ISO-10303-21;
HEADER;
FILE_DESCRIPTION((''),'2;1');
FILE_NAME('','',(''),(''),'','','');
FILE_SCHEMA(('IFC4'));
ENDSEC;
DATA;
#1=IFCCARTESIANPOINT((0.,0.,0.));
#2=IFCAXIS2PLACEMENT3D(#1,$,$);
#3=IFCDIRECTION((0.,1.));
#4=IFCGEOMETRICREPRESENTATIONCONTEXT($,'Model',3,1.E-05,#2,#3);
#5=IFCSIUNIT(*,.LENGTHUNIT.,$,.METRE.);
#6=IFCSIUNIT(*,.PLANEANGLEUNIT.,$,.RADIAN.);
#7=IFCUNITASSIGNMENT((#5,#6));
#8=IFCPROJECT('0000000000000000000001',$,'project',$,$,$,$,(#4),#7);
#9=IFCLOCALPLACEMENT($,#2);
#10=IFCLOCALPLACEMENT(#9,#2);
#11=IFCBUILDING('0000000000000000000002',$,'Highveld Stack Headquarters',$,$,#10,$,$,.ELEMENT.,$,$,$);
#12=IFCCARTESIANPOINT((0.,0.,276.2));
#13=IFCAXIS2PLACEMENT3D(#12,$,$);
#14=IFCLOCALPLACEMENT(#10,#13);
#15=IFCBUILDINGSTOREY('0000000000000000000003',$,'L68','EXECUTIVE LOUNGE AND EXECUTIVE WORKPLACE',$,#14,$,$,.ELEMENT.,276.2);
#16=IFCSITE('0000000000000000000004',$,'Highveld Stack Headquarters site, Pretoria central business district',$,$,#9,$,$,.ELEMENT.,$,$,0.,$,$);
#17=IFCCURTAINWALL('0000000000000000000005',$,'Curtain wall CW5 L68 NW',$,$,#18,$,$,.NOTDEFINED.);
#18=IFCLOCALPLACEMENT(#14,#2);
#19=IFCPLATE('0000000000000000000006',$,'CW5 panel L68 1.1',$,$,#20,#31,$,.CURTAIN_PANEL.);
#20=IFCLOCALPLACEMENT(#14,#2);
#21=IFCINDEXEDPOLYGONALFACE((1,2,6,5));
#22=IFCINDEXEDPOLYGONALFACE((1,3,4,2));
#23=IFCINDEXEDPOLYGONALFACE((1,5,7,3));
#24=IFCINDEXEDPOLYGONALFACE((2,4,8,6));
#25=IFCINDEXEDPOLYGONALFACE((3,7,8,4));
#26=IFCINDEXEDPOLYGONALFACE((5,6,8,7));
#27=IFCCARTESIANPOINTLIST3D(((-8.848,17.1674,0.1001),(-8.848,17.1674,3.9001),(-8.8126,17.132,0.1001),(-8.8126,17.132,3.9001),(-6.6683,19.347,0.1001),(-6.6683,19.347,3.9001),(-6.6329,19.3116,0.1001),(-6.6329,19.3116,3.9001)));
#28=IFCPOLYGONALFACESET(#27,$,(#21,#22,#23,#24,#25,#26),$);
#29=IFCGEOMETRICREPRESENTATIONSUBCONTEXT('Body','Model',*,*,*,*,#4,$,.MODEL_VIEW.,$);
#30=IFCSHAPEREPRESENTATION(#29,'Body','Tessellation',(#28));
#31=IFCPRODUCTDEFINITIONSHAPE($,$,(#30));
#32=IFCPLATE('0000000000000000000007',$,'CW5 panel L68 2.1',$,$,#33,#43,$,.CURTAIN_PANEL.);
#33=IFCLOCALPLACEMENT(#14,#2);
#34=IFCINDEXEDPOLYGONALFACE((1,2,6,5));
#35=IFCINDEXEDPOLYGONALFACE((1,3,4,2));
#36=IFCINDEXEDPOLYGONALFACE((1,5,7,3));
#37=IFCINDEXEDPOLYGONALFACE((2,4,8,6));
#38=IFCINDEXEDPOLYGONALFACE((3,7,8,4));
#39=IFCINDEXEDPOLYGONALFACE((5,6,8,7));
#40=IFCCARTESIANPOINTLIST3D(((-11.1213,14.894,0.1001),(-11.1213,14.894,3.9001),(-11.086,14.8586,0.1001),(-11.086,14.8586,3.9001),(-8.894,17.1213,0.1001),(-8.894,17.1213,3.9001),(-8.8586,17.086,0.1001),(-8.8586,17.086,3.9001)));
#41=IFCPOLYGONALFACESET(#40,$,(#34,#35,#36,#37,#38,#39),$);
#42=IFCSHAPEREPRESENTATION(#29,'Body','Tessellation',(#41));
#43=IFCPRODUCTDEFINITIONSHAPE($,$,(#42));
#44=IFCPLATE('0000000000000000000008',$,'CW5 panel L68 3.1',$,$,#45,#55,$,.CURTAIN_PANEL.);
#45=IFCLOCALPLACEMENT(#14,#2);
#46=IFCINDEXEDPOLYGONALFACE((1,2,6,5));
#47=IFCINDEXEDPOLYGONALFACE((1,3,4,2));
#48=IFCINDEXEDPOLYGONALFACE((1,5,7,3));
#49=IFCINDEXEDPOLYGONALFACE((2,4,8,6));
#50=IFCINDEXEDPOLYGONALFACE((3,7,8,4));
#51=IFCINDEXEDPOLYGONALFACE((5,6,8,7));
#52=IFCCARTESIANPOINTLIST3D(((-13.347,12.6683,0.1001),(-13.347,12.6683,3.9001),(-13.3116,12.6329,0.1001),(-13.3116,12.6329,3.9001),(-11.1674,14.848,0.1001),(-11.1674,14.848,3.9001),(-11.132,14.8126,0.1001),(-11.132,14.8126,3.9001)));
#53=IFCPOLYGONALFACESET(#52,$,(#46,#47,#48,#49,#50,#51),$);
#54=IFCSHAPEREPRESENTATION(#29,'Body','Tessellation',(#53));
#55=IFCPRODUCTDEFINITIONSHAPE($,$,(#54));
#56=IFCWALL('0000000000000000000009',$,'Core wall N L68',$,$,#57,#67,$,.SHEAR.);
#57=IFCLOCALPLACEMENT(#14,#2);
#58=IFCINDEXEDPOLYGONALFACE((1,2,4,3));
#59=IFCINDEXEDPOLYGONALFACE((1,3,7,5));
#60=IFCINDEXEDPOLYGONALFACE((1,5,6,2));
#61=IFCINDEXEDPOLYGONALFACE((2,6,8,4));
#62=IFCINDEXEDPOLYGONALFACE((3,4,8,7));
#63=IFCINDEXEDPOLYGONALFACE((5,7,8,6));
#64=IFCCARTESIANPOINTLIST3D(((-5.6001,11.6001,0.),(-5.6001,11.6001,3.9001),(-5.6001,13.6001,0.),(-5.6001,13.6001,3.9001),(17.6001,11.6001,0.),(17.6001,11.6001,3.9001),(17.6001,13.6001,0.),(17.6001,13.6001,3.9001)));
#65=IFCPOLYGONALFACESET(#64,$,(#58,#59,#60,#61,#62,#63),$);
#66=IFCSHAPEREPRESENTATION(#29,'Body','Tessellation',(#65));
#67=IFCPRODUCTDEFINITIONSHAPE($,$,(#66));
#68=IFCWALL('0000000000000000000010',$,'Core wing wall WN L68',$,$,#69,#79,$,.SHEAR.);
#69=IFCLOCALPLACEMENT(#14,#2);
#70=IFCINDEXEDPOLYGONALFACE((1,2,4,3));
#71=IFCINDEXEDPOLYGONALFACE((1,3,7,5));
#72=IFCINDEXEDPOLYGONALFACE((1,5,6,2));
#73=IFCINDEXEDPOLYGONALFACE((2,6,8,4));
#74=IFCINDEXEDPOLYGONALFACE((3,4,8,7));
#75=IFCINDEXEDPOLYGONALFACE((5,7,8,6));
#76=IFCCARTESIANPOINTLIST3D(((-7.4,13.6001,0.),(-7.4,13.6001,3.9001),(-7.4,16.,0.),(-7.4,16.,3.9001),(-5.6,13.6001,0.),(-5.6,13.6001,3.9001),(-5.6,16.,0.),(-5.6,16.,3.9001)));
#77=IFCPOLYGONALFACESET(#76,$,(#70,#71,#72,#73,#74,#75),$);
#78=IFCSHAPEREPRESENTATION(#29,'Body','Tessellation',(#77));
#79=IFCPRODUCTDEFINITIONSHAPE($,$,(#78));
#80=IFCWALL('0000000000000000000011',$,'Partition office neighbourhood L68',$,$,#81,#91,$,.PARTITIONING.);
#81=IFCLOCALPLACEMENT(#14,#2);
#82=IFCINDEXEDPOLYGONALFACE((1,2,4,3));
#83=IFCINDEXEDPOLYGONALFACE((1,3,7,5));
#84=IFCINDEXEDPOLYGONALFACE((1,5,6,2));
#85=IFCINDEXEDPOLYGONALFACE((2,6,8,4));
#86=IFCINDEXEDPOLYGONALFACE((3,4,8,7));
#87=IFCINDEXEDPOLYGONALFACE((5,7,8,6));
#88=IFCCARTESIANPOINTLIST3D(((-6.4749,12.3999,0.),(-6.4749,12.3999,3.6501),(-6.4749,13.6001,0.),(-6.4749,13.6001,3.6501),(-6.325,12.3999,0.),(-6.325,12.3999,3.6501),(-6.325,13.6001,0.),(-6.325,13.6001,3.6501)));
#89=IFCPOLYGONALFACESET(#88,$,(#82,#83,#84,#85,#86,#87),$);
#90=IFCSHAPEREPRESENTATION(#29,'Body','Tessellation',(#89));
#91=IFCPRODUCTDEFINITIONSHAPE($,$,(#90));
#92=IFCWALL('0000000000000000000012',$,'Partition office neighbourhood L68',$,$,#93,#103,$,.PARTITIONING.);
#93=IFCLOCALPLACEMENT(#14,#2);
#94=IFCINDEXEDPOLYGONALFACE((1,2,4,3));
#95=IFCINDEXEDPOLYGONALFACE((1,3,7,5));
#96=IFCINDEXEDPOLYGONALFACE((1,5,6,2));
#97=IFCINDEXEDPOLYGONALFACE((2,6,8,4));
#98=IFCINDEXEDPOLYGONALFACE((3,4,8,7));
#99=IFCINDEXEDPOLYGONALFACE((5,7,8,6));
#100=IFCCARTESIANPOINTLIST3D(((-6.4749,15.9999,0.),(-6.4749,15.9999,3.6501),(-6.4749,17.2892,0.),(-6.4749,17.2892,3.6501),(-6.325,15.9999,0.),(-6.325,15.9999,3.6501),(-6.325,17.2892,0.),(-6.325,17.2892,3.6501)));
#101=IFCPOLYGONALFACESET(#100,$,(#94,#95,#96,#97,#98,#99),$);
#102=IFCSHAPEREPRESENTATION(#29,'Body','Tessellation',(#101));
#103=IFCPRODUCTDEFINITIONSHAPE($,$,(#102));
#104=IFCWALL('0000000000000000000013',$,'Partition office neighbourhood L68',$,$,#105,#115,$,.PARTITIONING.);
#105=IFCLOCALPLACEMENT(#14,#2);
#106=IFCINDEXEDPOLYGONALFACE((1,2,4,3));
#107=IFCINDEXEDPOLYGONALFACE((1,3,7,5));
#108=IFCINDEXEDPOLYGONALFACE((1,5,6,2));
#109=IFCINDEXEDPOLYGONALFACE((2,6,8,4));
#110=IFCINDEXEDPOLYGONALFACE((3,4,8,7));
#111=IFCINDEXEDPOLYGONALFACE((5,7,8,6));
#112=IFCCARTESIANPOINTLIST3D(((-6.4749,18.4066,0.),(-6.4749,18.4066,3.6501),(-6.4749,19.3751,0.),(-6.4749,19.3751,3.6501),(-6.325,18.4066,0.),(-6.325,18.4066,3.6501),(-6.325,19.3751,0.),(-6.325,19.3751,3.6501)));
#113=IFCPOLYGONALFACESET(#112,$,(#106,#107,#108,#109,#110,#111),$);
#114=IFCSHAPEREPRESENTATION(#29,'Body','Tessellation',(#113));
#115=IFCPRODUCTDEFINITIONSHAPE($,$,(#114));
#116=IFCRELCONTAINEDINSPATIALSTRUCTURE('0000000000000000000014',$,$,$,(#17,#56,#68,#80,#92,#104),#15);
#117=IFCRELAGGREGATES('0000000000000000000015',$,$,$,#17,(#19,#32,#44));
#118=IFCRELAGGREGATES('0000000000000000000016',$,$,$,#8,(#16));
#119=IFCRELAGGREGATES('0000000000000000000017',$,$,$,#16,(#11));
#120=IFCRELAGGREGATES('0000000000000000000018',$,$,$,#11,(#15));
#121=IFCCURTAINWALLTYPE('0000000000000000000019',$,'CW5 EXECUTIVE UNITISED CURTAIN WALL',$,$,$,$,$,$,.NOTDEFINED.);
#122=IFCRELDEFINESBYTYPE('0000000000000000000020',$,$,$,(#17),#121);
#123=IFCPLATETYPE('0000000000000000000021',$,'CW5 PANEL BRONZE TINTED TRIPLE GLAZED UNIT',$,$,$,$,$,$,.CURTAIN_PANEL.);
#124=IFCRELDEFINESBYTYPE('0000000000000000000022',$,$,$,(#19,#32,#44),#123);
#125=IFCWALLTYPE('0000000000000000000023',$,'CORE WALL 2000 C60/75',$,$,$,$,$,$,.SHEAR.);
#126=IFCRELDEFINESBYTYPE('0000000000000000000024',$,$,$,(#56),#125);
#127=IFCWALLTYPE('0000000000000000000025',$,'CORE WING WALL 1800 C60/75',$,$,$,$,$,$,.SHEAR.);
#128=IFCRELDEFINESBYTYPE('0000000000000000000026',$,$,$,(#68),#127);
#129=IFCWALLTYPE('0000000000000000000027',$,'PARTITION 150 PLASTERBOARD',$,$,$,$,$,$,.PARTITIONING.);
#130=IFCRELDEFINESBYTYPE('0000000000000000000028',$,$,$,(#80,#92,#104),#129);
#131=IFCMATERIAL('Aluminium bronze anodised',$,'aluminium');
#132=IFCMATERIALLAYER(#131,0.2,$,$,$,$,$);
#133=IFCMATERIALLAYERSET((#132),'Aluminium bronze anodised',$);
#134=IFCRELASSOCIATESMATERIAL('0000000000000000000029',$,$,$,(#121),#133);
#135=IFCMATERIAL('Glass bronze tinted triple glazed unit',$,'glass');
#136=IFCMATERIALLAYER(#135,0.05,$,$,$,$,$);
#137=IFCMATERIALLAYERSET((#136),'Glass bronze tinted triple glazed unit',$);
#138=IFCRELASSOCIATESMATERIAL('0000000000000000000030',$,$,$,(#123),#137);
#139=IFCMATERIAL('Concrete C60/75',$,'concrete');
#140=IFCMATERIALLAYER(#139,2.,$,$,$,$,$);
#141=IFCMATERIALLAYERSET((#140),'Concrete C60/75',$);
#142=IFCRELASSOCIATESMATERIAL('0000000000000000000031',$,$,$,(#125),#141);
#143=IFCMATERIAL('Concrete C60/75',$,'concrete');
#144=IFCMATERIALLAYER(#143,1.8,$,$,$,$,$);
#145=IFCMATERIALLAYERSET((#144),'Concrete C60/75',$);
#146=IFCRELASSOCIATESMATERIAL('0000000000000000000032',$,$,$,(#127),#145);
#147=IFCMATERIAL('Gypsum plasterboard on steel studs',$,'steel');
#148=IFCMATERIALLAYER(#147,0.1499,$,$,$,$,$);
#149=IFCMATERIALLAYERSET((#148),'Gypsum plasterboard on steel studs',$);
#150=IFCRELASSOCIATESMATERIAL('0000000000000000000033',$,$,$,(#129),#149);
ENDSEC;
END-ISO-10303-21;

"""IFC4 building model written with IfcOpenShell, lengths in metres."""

from ifc_helpers import new_model, si_unit, direction, frame, frame_2d, origin, origin_2d, place, context, subcontext, project, spatial, rectangle, extrude, material, layer, layer_set, type_object, element, aggregate, save


model = new_model("IFC4")

# Units and contexts
model_context = context("Model", 3, precision=1e-05, world=origin(), true_north=direction((0.0, 1.0)))
body_context = subcontext(model_context, "Body", "Model", "MODEL_VIEW")
ifc_project = project(units=[si_unit("LENGTHUNIT", "METRE"), si_unit("PLANEANGLEUNIT", "RADIAN")], contexts=[model_context])

# Site, building, storey
site_placement = place(None, origin())
site = spatial("IfcSite", under=ifc_project, at=site_placement, Name="Highveld Stack Headquarters site, Pretoria central business district", CompositionType="ELEMENT", RefElevation=0.0)
building_placement = place(site_placement, origin())
building = spatial("IfcBuilding", under=site, at=building_placement, Name="Highveld Stack Headquarters", CompositionType="ELEMENT")
storey_placement = place(building_placement, frame((0.0, 0.0, 276.2)))
storey = spatial("IfcBuildingStorey", under=building, at=storey_placement, Name="L68", Description="EXECUTIVE LOUNGE AND EXECUTIVE WORKPLACE", CompositionType="ELEMENT", Elevation=276.2)

# Shared definitions
ifc_material_1 = material(Name="Aluminium bronze anodised", Category="aluminium")
ifc_layer_1 = layer(ifc_material_1, 0.2)
ifc_layer_set_1 = layer_set([ifc_layer_1], Name="Aluminium bronze anodised")
curtain_wall_type = type_object("IfcCurtainWallType", Name="CW5 EXECUTIVE UNITISED CURTAIN WALL", PredefinedType="NOTDEFINED", material=ifc_layer_set_1)

# Curtain wall
curtain_wall_1_placement = place(storey_placement, origin())
curtain_wall_1 = element("IfcCurtainWall", 1, at=curtain_wall_1_placement, inside=storey, type_object=curtain_wall_type, Name="Curtain wall CW5 L68 NW", PredefinedType="NOTDEFINED")

# Plates
ifc_material_2 = material(Name="Glass bronze tinted triple glazed unit", Category="glass")
ifc_layer_2 = layer(ifc_material_2, 0.05)
ifc_layer_set_2 = layer_set([ifc_layer_2], Name="Glass bronze tinted triple glazed unit")
plate_type = type_object("IfcPlateType", Name="CW5 PANEL BRONZE TINTED TRIPLE GLAZED UNIT", PredefinedType="CURTAIN_PANEL", material=ifc_layer_set_2)
plate_1_placement = place(storey_placement, frame((-7.7405, 18.2395, 0.1001), z_axis=(0.0, 0.0, 1.0), x_axis=(-0.707107, -0.707107, 0.0)))
plate_1 = element("IfcPlate", 2, at=plate_1_placement, type_object=plate_type, Name="CW5 panel L68 1.1", PredefinedType="CURTAIN_PANEL", context=body_context, shape_type="SweptSolid", body=[
    extrude(rectangle(XDim=3.0825, YDim=0.05, at=origin_2d()), origin(), (0.0, 0.0, 1.0), 3.8),
])
plate_2_placement = place(storey_placement, frame((-9.99, 15.99, 0.1001), z_axis=(0.0, 0.0, 1.0), x_axis=(-0.707107, -0.707107, 0.0)))
plate_2 = element("IfcPlate", 3, at=plate_2_placement, type_object=plate_type, Name="CW5 panel L68 2.1", PredefinedType="CURTAIN_PANEL", context=body_context, shape_type="SweptSolid", body=[
    extrude(rectangle(XDim=3.1499, YDim=0.05, at=origin_2d()), origin(), (0.0, 0.0, 1.0), 3.8),
])
plate_3_placement = place(storey_placement, frame((-12.2395, 13.7405, 0.1001), z_axis=(0.0, 0.0, 1.0), x_axis=(-0.707107, -0.707107, 0.0)))
plate_3 = element("IfcPlate", 4, at=plate_3_placement, type_object=plate_type, Name="CW5 panel L68 3.1", PredefinedType="CURTAIN_PANEL", context=body_context, shape_type="SweptSolid", body=[
    extrude(rectangle(XDim=3.0825, YDim=0.05, at=origin_2d()), origin(), (0.0, 0.0, 1.0), 3.8),
])
aggregate(curtain_wall_1, [plate_1, plate_2, plate_3])

# Walls
ifc_material_3 = material(Name="Concrete C60/75", Category="concrete")
ifc_layer_3 = layer(ifc_material_3, 2.0)
ifc_layer_set_3 = layer_set([ifc_layer_3], Name="Concrete C60/75")
wall_type_1 = type_object("IfcWallType", Name="CORE WALL 2000 C60/75", PredefinedType="SHEAR", material=ifc_layer_set_3)
wall_1_placement = place(storey_placement, frame((-5.6001, 12.6001, 0.0), z_axis=(0.0, 0.0, 1.0), x_axis=(1.0, 0.0, 0.0)))
element("IfcWall", 5, at=wall_1_placement, inside=storey, type_object=wall_type_1, Name="Core wall N L68", PredefinedType="SHEAR", context=body_context, shape_type="SweptSolid", body=[
    extrude(rectangle(XDim=23.2002, YDim=2.0, at=frame_2d((11.6001, 0.0))), origin(), (0.0, 0.0, 1.0), 3.9001),
])
ifc_material_4 = material(Name="Concrete C60/75", Category="concrete")
ifc_layer_4 = layer(ifc_material_4, 1.8)
ifc_layer_set_4 = layer_set([ifc_layer_4], Name="Concrete C60/75")
wall_type_2 = type_object("IfcWallType", Name="CORE WING WALL 1800 C60/75", PredefinedType="SHEAR", material=ifc_layer_set_4)
wall_2_placement = place(storey_placement, frame((-6.5, 13.6001, 0.0), z_axis=(0.0, 0.0, 1.0), x_axis=(0.0, 1.0, 0.0)))
element("IfcWall", 6, at=wall_2_placement, inside=storey, type_object=wall_type_2, Name="Core wing wall WN L68", PredefinedType="SHEAR", context=body_context, shape_type="SweptSolid", body=[
    extrude(rectangle(XDim=2.3999, YDim=1.8, at=frame_2d((1.2, 0.0))), origin(), (0.0, 0.0, 1.0), 3.9001),
])
ifc_material_5 = material(Name="Gypsum plasterboard on steel studs", Category="steel")
ifc_layer_5 = layer(ifc_material_5, 0.1499)
ifc_layer_set_5 = layer_set([ifc_layer_5], Name="Gypsum plasterboard on steel studs")
wall_type_3 = type_object("IfcWallType", Name="PARTITION 150 PLASTERBOARD", PredefinedType="PARTITIONING", material=ifc_layer_set_5)
wall_3_placement = place(storey_placement, frame((-6.3999, 12.3999, 0.0), z_axis=(0.0, 0.0, 1.0), x_axis=(0.0, 1.0, 0.0)))
element("IfcWall", 7, at=wall_3_placement, inside=storey, type_object=wall_type_3, Name="Partition office neighbourhood L68", PredefinedType="PARTITIONING", context=body_context, shape_type="SweptSolid", body=[
    extrude(rectangle(XDim=1.2002, YDim=0.1499, at=frame_2d((0.6001, 0.0))), origin(), (0.0, 0.0, 1.0), 3.6501),
])
wall_4_placement = place(storey_placement, frame((-6.3999, 16.0, 0.0), z_axis=(0.0, 0.0, 1.0), x_axis=(0.0, 1.0, 0.0)))
element("IfcWall", 8, at=wall_4_placement, inside=storey, type_object=wall_type_3, Name="Partition office neighbourhood L68", PredefinedType="PARTITIONING", context=body_context, shape_type="SweptSolid", body=[
    extrude(rectangle(XDim=1.2893, YDim=0.1499, at=frame_2d((0.6445, 0.0))), origin(), (0.0, 0.0, 1.0), 3.6501),
])
wall_5_placement = place(storey_placement, frame((-6.3999, 18.4065, 0.0), z_axis=(0.0, 0.0, 1.0), x_axis=(0.0, 1.0, 0.0)))
element("IfcWall", 9, at=wall_5_placement, inside=storey, type_object=wall_type_3, Name="Partition office neighbourhood L68", PredefinedType="PARTITIONING", context=body_context, shape_type="SweptSolid", body=[
    extrude(rectangle(XDim=0.9685, YDim=0.1499, at=frame_2d((0.4844, 0.0))), origin(), (0.0, 0.0, 1.0), 3.6501),
])

save(model, "model.ifc")
